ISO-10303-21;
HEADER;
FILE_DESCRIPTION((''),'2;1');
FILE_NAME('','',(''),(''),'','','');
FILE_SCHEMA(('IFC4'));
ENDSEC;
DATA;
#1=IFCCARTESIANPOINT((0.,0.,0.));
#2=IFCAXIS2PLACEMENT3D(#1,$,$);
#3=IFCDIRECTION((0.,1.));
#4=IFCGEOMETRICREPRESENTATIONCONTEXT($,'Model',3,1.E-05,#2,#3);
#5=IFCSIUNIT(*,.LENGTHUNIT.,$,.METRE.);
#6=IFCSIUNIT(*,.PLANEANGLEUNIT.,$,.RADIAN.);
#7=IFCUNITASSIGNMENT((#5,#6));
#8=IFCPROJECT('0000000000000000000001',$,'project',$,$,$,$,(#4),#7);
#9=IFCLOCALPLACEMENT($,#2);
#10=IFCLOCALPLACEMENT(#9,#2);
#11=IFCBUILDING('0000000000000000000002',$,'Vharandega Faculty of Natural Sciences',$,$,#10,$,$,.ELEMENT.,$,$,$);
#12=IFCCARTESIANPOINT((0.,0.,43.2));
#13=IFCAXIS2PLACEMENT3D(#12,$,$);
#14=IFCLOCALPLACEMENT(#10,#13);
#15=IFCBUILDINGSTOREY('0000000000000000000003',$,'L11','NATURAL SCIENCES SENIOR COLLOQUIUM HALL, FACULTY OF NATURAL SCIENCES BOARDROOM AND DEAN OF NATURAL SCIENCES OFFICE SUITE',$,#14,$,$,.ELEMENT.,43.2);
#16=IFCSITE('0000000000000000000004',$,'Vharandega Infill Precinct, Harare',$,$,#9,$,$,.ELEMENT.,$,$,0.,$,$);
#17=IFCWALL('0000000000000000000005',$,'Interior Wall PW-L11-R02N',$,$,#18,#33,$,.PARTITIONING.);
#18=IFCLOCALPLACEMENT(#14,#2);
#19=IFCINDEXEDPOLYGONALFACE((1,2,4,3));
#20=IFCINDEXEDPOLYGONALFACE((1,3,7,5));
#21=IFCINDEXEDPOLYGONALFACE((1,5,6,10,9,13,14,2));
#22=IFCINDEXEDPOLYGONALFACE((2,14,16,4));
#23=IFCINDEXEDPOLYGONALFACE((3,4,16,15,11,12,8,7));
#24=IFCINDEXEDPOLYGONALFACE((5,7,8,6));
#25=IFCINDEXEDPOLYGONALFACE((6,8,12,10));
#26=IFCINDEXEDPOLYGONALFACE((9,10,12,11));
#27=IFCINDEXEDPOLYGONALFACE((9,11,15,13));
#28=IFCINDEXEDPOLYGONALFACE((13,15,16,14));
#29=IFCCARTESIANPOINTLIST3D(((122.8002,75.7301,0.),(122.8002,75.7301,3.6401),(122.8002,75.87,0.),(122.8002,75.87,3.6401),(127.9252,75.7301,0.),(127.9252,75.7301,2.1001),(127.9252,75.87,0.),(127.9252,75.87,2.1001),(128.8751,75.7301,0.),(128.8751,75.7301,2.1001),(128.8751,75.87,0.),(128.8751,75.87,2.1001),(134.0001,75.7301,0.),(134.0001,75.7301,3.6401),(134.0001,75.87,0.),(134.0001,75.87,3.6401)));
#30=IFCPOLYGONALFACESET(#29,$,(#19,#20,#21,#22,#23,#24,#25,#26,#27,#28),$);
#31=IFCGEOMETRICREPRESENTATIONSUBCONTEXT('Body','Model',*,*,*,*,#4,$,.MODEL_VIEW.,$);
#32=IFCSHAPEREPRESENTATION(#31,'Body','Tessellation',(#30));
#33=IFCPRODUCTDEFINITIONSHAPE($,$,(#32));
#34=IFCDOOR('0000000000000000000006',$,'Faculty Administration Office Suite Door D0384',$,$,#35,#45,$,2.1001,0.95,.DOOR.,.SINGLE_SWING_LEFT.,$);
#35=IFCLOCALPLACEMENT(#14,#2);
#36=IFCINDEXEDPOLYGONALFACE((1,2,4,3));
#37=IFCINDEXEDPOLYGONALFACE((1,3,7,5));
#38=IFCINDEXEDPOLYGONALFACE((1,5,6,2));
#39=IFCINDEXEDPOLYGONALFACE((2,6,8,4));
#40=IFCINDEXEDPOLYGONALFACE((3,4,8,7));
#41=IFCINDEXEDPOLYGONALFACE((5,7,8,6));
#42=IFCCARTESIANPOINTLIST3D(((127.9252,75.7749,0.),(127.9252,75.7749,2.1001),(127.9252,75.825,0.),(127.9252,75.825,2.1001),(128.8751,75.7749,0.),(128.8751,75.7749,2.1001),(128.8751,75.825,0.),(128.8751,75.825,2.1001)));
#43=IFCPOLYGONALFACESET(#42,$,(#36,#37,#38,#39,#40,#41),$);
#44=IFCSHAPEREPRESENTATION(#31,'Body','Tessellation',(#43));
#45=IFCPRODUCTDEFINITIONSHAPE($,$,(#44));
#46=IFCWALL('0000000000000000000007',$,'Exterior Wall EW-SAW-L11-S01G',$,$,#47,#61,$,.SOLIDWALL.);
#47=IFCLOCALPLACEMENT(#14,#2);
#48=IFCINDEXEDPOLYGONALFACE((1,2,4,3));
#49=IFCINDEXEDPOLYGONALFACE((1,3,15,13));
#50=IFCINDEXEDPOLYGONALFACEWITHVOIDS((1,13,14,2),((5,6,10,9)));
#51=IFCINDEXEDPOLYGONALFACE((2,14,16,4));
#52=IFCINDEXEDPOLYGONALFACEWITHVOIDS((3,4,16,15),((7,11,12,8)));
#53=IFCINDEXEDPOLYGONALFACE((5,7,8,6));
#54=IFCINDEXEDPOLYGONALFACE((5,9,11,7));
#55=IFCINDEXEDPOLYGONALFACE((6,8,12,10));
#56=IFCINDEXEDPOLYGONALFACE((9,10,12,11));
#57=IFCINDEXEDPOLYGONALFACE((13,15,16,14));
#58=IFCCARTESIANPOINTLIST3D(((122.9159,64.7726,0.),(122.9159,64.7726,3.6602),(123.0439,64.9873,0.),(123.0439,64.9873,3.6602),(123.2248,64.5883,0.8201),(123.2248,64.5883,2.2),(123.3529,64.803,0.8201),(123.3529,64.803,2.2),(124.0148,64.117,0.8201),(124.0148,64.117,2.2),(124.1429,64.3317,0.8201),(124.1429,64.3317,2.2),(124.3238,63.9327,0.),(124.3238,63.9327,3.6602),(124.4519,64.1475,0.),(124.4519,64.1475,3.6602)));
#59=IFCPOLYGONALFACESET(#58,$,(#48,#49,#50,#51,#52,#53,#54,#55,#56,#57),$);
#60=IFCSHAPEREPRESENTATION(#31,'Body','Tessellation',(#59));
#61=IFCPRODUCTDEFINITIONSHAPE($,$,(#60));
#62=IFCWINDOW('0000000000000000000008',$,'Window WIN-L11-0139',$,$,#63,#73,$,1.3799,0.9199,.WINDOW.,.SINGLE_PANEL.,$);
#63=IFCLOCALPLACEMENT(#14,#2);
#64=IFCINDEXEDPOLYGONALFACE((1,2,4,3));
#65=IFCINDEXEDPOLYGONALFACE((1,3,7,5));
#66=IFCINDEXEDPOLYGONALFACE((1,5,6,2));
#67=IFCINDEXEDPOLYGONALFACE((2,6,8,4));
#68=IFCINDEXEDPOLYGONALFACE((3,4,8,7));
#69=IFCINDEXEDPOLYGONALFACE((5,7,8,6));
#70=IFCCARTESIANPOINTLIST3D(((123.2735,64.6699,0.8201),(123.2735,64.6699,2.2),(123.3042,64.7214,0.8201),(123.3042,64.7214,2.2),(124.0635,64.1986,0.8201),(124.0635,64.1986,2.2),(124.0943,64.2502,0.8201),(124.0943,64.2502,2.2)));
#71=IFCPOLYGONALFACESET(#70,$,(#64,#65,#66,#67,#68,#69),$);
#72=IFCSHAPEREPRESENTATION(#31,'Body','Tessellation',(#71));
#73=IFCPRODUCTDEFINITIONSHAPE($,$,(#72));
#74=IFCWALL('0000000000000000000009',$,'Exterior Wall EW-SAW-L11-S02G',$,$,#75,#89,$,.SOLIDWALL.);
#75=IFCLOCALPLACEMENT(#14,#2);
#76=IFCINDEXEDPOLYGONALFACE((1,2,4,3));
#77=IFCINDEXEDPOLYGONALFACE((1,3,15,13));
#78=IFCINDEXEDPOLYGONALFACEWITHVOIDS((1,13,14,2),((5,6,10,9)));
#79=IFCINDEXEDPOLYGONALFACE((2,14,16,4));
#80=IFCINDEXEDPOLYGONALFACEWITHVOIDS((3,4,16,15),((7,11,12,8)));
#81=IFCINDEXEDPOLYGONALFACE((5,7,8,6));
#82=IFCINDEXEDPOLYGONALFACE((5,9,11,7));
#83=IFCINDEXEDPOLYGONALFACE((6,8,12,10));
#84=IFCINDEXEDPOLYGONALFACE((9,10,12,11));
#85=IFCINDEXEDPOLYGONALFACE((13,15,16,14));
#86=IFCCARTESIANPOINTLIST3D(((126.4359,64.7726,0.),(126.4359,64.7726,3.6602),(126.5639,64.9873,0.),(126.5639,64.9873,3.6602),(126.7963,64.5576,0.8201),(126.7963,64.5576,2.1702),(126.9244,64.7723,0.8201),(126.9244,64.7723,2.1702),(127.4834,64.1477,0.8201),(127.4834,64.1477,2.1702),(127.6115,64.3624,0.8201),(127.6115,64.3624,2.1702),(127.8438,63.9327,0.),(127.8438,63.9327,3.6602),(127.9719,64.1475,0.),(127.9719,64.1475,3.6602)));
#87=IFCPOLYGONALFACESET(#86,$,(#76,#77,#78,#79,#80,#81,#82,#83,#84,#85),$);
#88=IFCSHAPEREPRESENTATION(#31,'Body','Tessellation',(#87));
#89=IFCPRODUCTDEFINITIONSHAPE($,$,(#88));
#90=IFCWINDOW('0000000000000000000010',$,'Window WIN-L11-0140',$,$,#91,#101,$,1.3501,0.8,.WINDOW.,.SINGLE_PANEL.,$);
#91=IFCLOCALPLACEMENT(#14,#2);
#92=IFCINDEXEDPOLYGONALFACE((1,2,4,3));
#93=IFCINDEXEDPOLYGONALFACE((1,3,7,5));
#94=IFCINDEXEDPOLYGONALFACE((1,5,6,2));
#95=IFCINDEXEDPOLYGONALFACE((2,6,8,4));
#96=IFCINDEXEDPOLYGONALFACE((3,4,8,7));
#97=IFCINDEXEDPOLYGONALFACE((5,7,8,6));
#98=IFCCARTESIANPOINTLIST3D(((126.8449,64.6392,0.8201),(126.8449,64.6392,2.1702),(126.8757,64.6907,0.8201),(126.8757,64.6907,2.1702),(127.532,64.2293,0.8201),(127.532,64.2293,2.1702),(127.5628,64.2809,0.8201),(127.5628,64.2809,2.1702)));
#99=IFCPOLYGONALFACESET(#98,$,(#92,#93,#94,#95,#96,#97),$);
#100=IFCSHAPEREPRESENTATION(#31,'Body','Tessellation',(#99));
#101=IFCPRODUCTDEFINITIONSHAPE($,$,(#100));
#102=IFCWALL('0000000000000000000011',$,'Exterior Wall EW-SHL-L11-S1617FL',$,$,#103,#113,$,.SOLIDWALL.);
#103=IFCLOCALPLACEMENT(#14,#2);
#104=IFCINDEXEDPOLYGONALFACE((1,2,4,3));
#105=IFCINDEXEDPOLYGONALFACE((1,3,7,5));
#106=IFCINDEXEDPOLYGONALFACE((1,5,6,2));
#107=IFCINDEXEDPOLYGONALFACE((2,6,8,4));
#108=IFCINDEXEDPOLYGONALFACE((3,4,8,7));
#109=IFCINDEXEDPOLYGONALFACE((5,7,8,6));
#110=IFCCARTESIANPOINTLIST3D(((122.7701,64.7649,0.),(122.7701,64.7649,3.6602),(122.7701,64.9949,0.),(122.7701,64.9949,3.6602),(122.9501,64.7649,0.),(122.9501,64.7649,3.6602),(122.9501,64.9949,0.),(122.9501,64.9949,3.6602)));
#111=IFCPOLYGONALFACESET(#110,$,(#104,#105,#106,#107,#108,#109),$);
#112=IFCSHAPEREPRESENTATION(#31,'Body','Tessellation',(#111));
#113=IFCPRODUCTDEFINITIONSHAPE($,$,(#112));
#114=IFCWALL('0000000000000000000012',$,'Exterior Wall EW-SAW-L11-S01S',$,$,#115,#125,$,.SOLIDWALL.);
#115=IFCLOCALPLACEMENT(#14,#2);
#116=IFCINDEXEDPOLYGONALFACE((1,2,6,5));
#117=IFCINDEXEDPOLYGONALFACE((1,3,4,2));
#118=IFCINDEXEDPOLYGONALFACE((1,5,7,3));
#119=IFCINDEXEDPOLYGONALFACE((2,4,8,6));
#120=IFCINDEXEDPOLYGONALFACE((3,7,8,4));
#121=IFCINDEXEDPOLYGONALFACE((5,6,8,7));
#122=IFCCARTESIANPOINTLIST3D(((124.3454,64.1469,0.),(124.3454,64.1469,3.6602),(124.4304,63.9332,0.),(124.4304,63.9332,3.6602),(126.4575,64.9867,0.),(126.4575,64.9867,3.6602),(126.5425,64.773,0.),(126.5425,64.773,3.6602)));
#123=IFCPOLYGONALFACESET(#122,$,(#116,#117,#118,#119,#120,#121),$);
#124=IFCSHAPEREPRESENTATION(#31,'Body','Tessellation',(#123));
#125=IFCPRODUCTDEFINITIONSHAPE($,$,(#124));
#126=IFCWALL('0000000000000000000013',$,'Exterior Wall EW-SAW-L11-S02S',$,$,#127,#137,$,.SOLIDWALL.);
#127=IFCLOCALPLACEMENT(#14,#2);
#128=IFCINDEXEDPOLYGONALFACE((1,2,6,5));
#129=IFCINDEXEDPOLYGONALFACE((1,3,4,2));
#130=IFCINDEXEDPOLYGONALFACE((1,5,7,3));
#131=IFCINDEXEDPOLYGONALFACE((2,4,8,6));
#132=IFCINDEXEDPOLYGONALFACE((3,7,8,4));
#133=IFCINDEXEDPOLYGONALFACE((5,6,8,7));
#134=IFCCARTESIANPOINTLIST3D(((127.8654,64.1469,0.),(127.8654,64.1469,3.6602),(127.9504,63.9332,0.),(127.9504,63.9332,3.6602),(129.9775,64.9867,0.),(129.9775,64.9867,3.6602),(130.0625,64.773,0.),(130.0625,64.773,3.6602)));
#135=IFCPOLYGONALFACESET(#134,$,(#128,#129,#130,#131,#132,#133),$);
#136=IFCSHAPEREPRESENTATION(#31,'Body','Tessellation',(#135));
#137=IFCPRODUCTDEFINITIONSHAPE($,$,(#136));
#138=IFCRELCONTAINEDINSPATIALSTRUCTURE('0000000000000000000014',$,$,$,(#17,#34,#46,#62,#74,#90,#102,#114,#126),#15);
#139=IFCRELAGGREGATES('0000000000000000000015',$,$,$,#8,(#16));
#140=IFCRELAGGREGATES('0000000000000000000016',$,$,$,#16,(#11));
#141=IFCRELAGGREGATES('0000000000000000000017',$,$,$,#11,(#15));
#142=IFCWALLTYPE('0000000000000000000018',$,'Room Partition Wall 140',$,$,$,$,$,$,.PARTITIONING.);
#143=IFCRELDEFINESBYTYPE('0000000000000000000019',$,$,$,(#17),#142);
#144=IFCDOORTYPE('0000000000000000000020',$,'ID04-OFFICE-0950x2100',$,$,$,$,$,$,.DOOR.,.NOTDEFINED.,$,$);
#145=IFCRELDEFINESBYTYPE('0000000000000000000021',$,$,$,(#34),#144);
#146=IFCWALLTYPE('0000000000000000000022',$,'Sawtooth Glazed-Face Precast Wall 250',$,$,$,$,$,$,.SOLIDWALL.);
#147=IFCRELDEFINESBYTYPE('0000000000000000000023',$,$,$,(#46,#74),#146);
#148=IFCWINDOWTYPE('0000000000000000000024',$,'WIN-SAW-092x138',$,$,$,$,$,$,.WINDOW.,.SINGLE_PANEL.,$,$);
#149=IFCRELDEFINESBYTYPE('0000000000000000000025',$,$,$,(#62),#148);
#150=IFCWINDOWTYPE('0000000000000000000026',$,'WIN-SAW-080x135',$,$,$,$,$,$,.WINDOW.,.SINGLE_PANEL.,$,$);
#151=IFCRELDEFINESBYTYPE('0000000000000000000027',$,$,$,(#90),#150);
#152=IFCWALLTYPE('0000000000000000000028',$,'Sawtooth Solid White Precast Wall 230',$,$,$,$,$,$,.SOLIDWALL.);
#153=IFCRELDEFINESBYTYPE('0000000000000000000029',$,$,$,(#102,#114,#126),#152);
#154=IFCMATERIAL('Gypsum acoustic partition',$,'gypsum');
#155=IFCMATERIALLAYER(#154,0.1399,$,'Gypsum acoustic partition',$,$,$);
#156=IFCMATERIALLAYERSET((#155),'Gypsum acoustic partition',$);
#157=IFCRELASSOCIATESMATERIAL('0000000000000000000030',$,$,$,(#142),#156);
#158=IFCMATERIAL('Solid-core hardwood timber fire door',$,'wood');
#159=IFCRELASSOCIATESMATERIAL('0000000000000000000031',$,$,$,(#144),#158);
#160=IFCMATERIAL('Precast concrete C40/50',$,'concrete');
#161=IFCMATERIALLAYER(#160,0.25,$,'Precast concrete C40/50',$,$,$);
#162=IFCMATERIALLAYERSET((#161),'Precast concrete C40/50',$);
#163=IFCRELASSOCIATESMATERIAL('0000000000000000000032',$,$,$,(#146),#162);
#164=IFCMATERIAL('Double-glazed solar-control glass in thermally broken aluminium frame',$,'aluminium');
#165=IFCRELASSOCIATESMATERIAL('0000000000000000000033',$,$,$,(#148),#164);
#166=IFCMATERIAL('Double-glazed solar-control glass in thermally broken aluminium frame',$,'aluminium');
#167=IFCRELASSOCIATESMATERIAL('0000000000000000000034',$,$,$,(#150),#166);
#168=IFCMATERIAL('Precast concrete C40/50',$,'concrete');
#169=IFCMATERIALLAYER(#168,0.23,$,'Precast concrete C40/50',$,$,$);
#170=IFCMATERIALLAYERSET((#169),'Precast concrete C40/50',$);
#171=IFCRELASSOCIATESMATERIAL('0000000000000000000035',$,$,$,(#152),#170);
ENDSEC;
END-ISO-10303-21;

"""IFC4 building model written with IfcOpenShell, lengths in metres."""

from ifc_helpers import new_model, si_unit, direction, frame, frame_2d, origin, place, context, subcontext, project, spatial, rectangle, extrude, material, layer, layer_set, type_object, element, fill, save


model = new_model("IFC4")

# Units and contexts
model_context = context("Model", 3, precision=1e-05, world=origin(), true_north=direction((0.0, 1.0)))
body_context = subcontext(model_context, "Body", "Model", "MODEL_VIEW")
ifc_project = project(units=[si_unit("LENGTHUNIT", "METRE"), si_unit("PLANEANGLEUNIT", "RADIAN")], contexts=[model_context])

# Site, building, storey
site_placement = place(None, origin())
site = spatial("IfcSite", under=ifc_project, at=site_placement, Name="Vharandega Infill Precinct, Harare", CompositionType="ELEMENT", RefElevation=0.0)
building_placement = place(site_placement, origin())
building = spatial("IfcBuilding", under=site, at=building_placement, Name="Vharandega Faculty of Natural Sciences", CompositionType="ELEMENT")
storey_placement = place(building_placement, frame((0.0, 0.0, 43.2)))
storey = spatial("IfcBuildingStorey", under=building, at=storey_placement, Name="L11", Description="NATURAL SCIENCES SENIOR COLLOQUIUM HALL, FACULTY OF NATURAL SCIENCES BOARDROOM AND DEAN OF NATURAL SCIENCES OFFICE SUITE", CompositionType="ELEMENT", Elevation=43.2)

# Wall, opening, door
ifc_material_1 = material(Name="Gypsum acoustic partition", Category="gypsum")
ifc_layer_1 = layer(ifc_material_1, 0.1399, Name="Gypsum acoustic partition")
ifc_layer_set_1 = layer_set([ifc_layer_1], Name="Gypsum acoustic partition")
wall_type_1 = type_object("IfcWallType", Name="Room Partition Wall 140", PredefinedType="PARTITIONING", material=ifc_layer_set_1)
wall_1_placement = place(storey_placement, frame((122.8, 75.8, 0.0), z_axis=(0.0, 0.0, 1.0), x_axis=(1.0, 0.0, 0.0)))
wall_1 = element("IfcWall", 1, at=wall_1_placement, inside=storey, type_object=wall_type_1, Name="Interior Wall PW-L11-R02N", PredefinedType="PARTITIONING", context=body_context, shape_type="SweptSolid", body=[
    extrude(rectangle(XDim=11.2, YDim=0.1399, at=frame_2d((5.6001, 0.0))), origin(), (0.0, 0.0, 1.0), 3.6401),
])
opening_1_placement = place(wall_1_placement, frame((5.125, 0.0, 0.0)))
opening_1 = element("IfcOpeningElement", 2, at=opening_1_placement, cuts=wall_1, PredefinedType="OPENING", context=body_context, shape_type="SweptSolid", body=[
    extrude(rectangle(XDim=0.95, YDim=2.1001, at=frame_2d((0.4751, 1.05))), frame((0.0, 0.0801, 0.0), z_axis=(0.0, -1.0, 0.0), x_axis=(1.0, 0.0, 0.0)), (0.0, 0.0, 1.0), 0.1599),
])
ifc_material_2 = material(Name="Solid-core hardwood timber fire door", Category="wood")
door_type_1 = type_object("IfcDoorType", Name="ID04-OFFICE-0950x2100", OperationType="NOTDEFINED", PredefinedType="DOOR", material=ifc_material_2)
door_1_placement = place(opening_1_placement, origin())
door_1 = element("IfcDoor", 3, at=door_1_placement, inside=storey, type_object=door_type_1, Name="Faculty Administration Office Suite Door D0384", OperationType="SINGLE_SWING_LEFT", OverallHeight=2.1001, OverallWidth=0.95, PredefinedType="DOOR", context=body_context, shape_type="SweptSolid", body=[
    extrude(rectangle(XDim=0.95, YDim=2.1001, at=frame_2d((0.4751, 1.05))), frame((0.0, 0.0249, 0.0), z_axis=(0.0, -1.0, 0.0), x_axis=(1.0, 0.0, 0.0)), (0.0, 0.0, 1.0), 0.05),
])
fill(opening_1, door_1)

# Walls, openings, windows
ifc_material_3 = material(Name="Precast concrete C40/50", Category="concrete")
ifc_layer_2 = layer(ifc_material_3, 0.25, Name="Precast concrete C40/50")
ifc_layer_set_2 = layer_set([ifc_layer_2], Name="Precast concrete C40/50")
wall_type_2 = type_object("IfcWallType", Name="Sawtooth Glazed-Face Precast Wall 250", PredefinedType="SOLIDWALL", material=ifc_layer_set_2)
wall_2_placement = place(storey_placement, frame((124.3879, 64.04, 0.0), z_axis=(0.0, 0.0, 1.0), x_axis=(-0.858817, 0.512282, 0.0)))
wall_2 = element("IfcWall", 4, at=wall_2_placement, inside=storey, type_object=wall_type_2, Name="Exterior Wall EW-SAW-L11-S01G", PredefinedType="SOLIDWALL", context=body_context, shape_type="SweptSolid", body=[
    extrude(rectangle(XDim=1.6394, YDim=0.25, at=frame_2d((0.8198, 0.0))), origin(), (0.0, 0.0, 1.0), 3.6602),
])
opening_2_placement = place(wall_2_placement, frame((0.3599, 0.0, 0.8201)))
opening_2 = element("IfcOpeningElement", 5, at=opening_2_placement, cuts=wall_2, PredefinedType="OPENING", context=body_context, shape_type="SweptSolid", body=[
    extrude(rectangle(XDim=0.9199, YDim=1.3799, at=frame_2d((0.46, 0.6899))), frame((0.0, 0.135, 0.0), z_axis=(0.0, -1.0, 0.0), x_axis=(1.0, 0.0, 0.0)), (0.0, 0.0, 1.0), 0.27),
])
ifc_material_4 = material(Name="Double-glazed solar-control glass in thermally broken aluminium frame", Category="aluminium")
window_type_1 = type_object("IfcWindowType", Name="WIN-SAW-092x138", PartitioningType="SINGLE_PANEL", PredefinedType="WINDOW", material=ifc_material_4)
window_1_placement = place(opening_2_placement, origin())
window_1 = element("IfcWindow", 6, at=window_1_placement, inside=storey, type_object=window_type_1, Name="Window WIN-L11-0139", OverallHeight=1.3799, OverallWidth=0.9199, PartitioningType="SINGLE_PANEL", PredefinedType="WINDOW", context=body_context, shape_type="SweptSolid", body=[
    extrude(rectangle(XDim=0.9199, YDim=1.3799, at=frame_2d((0.46, 0.6899))), frame((0.0, 0.03, 0.0), z_axis=(0.0, -1.0, 0.0), x_axis=(1.0, 0.0, 0.0)), (0.0, 0.0, 1.0), 0.0601),
])
fill(opening_2, window_1)
wall_3_placement = place(storey_placement, frame((127.908, 64.04, 0.0), z_axis=(0.0, 0.0, 1.0), x_axis=(-0.858817, 0.512282, 0.0)))
wall_3 = element("IfcWall", 7, at=wall_3_placement, inside=storey, type_object=wall_type_2, Name="Exterior Wall EW-SAW-L11-S02G", PredefinedType="SOLIDWALL", context=body_context, shape_type="SweptSolid", body=[
    extrude(rectangle(XDim=1.6394, YDim=0.25, at=frame_2d((0.8198, 0.0))), origin(), (0.0, 0.0, 1.0), 3.6602),
])
opening_3_placement = place(wall_3_placement, frame((0.4199, 0.0, 0.8201)))
opening_3 = element("IfcOpeningElement", 8, at=opening_3_placement, cuts=wall_3, PredefinedType="OPENING", context=body_context, shape_type="SweptSolid", body=[
    extrude(rectangle(XDim=0.8, YDim=1.3501, at=frame_2d((0.3999, 0.675))), frame((0.0, 0.135, 0.0), z_axis=(0.0, -1.0, 0.0), x_axis=(1.0, 0.0, 0.0)), (0.0, 0.0, 1.0), 0.27),
])
ifc_material_5 = material(Name="Double-glazed solar-control glass in thermally broken aluminium frame", Category="aluminium")
window_type_2 = type_object("IfcWindowType", Name="WIN-SAW-080x135", PartitioningType="SINGLE_PANEL", PredefinedType="WINDOW", material=ifc_material_5)
window_2_placement = place(opening_3_placement, origin())
window_2 = element("IfcWindow", 9, at=window_2_placement, inside=storey, type_object=window_type_2, Name="Window WIN-L11-0140", OverallHeight=1.3501, OverallWidth=0.8, PartitioningType="SINGLE_PANEL", PredefinedType="WINDOW", context=body_context, shape_type="SweptSolid", body=[
    extrude(rectangle(XDim=0.8, YDim=1.3501, at=frame_2d((0.3999, 0.675))), frame((0.0, 0.03, 0.0), z_axis=(0.0, -1.0, 0.0), x_axis=(1.0, 0.0, 0.0)), (0.0, 0.0, 1.0), 0.0601),
])
fill(opening_3, window_2)

# Walls
ifc_material_6 = material(Name="Precast concrete C40/50", Category="concrete")
ifc_layer_3 = layer(ifc_material_6, 0.23, Name="Precast concrete C40/50")
ifc_layer_set_3 = layer_set([ifc_layer_3], Name="Precast concrete C40/50")
wall_type_3 = type_object("IfcWallType", Name="Sawtooth Solid White Precast Wall 230", PredefinedType="SOLIDWALL", material=ifc_layer_set_3)
wall_4_placement = place(storey_placement, frame((122.95, 64.8799, 0.0), z_axis=(0.0, 0.0, 1.0), x_axis=(-1.0, 0.0, 0.0)))
element("IfcWall", 10, at=wall_4_placement, inside=storey, type_object=wall_type_3, Name="Exterior Wall EW-SHL-L11-S1617FL", PredefinedType="SOLIDWALL", context=body_context, shape_type="SweptSolid", body=[
    extrude(rectangle(XDim=0.1799, YDim=0.23, at=frame_2d((0.0898, 0.0))), origin(), (0.0, 0.0, 1.0), 3.6602),
])
for number, where, z_axis, x_axis, name in (
    (11, (126.5, 64.8799, 0.0), (0.0, 0.0, 1.0), (-0.92923, -0.369501, 0.0), "Exterior Wall EW-SAW-L11-S01S"),
    (12, (130.02, 64.8799, 0.0), (0.0, 0.0, 1.0), (-0.92923, -0.369501, 0.0), "Exterior Wall EW-SAW-L11-S02S"),
):
    element("IfcWall", number, at=place(storey_placement, frame(where, z_axis=z_axis, x_axis=x_axis)), inside=storey, type_object=wall_type_3, Name=name, PredefinedType="SOLIDWALL", context=body_context, shape_type="SweptSolid", body=[
        extrude(rectangle(XDim=2.2729, YDim=0.23, at=frame_2d((1.1365, 0.0))), origin(), (0.0, 0.0, 1.0), 3.6602),
    ])

save(model, "model.ifc")
